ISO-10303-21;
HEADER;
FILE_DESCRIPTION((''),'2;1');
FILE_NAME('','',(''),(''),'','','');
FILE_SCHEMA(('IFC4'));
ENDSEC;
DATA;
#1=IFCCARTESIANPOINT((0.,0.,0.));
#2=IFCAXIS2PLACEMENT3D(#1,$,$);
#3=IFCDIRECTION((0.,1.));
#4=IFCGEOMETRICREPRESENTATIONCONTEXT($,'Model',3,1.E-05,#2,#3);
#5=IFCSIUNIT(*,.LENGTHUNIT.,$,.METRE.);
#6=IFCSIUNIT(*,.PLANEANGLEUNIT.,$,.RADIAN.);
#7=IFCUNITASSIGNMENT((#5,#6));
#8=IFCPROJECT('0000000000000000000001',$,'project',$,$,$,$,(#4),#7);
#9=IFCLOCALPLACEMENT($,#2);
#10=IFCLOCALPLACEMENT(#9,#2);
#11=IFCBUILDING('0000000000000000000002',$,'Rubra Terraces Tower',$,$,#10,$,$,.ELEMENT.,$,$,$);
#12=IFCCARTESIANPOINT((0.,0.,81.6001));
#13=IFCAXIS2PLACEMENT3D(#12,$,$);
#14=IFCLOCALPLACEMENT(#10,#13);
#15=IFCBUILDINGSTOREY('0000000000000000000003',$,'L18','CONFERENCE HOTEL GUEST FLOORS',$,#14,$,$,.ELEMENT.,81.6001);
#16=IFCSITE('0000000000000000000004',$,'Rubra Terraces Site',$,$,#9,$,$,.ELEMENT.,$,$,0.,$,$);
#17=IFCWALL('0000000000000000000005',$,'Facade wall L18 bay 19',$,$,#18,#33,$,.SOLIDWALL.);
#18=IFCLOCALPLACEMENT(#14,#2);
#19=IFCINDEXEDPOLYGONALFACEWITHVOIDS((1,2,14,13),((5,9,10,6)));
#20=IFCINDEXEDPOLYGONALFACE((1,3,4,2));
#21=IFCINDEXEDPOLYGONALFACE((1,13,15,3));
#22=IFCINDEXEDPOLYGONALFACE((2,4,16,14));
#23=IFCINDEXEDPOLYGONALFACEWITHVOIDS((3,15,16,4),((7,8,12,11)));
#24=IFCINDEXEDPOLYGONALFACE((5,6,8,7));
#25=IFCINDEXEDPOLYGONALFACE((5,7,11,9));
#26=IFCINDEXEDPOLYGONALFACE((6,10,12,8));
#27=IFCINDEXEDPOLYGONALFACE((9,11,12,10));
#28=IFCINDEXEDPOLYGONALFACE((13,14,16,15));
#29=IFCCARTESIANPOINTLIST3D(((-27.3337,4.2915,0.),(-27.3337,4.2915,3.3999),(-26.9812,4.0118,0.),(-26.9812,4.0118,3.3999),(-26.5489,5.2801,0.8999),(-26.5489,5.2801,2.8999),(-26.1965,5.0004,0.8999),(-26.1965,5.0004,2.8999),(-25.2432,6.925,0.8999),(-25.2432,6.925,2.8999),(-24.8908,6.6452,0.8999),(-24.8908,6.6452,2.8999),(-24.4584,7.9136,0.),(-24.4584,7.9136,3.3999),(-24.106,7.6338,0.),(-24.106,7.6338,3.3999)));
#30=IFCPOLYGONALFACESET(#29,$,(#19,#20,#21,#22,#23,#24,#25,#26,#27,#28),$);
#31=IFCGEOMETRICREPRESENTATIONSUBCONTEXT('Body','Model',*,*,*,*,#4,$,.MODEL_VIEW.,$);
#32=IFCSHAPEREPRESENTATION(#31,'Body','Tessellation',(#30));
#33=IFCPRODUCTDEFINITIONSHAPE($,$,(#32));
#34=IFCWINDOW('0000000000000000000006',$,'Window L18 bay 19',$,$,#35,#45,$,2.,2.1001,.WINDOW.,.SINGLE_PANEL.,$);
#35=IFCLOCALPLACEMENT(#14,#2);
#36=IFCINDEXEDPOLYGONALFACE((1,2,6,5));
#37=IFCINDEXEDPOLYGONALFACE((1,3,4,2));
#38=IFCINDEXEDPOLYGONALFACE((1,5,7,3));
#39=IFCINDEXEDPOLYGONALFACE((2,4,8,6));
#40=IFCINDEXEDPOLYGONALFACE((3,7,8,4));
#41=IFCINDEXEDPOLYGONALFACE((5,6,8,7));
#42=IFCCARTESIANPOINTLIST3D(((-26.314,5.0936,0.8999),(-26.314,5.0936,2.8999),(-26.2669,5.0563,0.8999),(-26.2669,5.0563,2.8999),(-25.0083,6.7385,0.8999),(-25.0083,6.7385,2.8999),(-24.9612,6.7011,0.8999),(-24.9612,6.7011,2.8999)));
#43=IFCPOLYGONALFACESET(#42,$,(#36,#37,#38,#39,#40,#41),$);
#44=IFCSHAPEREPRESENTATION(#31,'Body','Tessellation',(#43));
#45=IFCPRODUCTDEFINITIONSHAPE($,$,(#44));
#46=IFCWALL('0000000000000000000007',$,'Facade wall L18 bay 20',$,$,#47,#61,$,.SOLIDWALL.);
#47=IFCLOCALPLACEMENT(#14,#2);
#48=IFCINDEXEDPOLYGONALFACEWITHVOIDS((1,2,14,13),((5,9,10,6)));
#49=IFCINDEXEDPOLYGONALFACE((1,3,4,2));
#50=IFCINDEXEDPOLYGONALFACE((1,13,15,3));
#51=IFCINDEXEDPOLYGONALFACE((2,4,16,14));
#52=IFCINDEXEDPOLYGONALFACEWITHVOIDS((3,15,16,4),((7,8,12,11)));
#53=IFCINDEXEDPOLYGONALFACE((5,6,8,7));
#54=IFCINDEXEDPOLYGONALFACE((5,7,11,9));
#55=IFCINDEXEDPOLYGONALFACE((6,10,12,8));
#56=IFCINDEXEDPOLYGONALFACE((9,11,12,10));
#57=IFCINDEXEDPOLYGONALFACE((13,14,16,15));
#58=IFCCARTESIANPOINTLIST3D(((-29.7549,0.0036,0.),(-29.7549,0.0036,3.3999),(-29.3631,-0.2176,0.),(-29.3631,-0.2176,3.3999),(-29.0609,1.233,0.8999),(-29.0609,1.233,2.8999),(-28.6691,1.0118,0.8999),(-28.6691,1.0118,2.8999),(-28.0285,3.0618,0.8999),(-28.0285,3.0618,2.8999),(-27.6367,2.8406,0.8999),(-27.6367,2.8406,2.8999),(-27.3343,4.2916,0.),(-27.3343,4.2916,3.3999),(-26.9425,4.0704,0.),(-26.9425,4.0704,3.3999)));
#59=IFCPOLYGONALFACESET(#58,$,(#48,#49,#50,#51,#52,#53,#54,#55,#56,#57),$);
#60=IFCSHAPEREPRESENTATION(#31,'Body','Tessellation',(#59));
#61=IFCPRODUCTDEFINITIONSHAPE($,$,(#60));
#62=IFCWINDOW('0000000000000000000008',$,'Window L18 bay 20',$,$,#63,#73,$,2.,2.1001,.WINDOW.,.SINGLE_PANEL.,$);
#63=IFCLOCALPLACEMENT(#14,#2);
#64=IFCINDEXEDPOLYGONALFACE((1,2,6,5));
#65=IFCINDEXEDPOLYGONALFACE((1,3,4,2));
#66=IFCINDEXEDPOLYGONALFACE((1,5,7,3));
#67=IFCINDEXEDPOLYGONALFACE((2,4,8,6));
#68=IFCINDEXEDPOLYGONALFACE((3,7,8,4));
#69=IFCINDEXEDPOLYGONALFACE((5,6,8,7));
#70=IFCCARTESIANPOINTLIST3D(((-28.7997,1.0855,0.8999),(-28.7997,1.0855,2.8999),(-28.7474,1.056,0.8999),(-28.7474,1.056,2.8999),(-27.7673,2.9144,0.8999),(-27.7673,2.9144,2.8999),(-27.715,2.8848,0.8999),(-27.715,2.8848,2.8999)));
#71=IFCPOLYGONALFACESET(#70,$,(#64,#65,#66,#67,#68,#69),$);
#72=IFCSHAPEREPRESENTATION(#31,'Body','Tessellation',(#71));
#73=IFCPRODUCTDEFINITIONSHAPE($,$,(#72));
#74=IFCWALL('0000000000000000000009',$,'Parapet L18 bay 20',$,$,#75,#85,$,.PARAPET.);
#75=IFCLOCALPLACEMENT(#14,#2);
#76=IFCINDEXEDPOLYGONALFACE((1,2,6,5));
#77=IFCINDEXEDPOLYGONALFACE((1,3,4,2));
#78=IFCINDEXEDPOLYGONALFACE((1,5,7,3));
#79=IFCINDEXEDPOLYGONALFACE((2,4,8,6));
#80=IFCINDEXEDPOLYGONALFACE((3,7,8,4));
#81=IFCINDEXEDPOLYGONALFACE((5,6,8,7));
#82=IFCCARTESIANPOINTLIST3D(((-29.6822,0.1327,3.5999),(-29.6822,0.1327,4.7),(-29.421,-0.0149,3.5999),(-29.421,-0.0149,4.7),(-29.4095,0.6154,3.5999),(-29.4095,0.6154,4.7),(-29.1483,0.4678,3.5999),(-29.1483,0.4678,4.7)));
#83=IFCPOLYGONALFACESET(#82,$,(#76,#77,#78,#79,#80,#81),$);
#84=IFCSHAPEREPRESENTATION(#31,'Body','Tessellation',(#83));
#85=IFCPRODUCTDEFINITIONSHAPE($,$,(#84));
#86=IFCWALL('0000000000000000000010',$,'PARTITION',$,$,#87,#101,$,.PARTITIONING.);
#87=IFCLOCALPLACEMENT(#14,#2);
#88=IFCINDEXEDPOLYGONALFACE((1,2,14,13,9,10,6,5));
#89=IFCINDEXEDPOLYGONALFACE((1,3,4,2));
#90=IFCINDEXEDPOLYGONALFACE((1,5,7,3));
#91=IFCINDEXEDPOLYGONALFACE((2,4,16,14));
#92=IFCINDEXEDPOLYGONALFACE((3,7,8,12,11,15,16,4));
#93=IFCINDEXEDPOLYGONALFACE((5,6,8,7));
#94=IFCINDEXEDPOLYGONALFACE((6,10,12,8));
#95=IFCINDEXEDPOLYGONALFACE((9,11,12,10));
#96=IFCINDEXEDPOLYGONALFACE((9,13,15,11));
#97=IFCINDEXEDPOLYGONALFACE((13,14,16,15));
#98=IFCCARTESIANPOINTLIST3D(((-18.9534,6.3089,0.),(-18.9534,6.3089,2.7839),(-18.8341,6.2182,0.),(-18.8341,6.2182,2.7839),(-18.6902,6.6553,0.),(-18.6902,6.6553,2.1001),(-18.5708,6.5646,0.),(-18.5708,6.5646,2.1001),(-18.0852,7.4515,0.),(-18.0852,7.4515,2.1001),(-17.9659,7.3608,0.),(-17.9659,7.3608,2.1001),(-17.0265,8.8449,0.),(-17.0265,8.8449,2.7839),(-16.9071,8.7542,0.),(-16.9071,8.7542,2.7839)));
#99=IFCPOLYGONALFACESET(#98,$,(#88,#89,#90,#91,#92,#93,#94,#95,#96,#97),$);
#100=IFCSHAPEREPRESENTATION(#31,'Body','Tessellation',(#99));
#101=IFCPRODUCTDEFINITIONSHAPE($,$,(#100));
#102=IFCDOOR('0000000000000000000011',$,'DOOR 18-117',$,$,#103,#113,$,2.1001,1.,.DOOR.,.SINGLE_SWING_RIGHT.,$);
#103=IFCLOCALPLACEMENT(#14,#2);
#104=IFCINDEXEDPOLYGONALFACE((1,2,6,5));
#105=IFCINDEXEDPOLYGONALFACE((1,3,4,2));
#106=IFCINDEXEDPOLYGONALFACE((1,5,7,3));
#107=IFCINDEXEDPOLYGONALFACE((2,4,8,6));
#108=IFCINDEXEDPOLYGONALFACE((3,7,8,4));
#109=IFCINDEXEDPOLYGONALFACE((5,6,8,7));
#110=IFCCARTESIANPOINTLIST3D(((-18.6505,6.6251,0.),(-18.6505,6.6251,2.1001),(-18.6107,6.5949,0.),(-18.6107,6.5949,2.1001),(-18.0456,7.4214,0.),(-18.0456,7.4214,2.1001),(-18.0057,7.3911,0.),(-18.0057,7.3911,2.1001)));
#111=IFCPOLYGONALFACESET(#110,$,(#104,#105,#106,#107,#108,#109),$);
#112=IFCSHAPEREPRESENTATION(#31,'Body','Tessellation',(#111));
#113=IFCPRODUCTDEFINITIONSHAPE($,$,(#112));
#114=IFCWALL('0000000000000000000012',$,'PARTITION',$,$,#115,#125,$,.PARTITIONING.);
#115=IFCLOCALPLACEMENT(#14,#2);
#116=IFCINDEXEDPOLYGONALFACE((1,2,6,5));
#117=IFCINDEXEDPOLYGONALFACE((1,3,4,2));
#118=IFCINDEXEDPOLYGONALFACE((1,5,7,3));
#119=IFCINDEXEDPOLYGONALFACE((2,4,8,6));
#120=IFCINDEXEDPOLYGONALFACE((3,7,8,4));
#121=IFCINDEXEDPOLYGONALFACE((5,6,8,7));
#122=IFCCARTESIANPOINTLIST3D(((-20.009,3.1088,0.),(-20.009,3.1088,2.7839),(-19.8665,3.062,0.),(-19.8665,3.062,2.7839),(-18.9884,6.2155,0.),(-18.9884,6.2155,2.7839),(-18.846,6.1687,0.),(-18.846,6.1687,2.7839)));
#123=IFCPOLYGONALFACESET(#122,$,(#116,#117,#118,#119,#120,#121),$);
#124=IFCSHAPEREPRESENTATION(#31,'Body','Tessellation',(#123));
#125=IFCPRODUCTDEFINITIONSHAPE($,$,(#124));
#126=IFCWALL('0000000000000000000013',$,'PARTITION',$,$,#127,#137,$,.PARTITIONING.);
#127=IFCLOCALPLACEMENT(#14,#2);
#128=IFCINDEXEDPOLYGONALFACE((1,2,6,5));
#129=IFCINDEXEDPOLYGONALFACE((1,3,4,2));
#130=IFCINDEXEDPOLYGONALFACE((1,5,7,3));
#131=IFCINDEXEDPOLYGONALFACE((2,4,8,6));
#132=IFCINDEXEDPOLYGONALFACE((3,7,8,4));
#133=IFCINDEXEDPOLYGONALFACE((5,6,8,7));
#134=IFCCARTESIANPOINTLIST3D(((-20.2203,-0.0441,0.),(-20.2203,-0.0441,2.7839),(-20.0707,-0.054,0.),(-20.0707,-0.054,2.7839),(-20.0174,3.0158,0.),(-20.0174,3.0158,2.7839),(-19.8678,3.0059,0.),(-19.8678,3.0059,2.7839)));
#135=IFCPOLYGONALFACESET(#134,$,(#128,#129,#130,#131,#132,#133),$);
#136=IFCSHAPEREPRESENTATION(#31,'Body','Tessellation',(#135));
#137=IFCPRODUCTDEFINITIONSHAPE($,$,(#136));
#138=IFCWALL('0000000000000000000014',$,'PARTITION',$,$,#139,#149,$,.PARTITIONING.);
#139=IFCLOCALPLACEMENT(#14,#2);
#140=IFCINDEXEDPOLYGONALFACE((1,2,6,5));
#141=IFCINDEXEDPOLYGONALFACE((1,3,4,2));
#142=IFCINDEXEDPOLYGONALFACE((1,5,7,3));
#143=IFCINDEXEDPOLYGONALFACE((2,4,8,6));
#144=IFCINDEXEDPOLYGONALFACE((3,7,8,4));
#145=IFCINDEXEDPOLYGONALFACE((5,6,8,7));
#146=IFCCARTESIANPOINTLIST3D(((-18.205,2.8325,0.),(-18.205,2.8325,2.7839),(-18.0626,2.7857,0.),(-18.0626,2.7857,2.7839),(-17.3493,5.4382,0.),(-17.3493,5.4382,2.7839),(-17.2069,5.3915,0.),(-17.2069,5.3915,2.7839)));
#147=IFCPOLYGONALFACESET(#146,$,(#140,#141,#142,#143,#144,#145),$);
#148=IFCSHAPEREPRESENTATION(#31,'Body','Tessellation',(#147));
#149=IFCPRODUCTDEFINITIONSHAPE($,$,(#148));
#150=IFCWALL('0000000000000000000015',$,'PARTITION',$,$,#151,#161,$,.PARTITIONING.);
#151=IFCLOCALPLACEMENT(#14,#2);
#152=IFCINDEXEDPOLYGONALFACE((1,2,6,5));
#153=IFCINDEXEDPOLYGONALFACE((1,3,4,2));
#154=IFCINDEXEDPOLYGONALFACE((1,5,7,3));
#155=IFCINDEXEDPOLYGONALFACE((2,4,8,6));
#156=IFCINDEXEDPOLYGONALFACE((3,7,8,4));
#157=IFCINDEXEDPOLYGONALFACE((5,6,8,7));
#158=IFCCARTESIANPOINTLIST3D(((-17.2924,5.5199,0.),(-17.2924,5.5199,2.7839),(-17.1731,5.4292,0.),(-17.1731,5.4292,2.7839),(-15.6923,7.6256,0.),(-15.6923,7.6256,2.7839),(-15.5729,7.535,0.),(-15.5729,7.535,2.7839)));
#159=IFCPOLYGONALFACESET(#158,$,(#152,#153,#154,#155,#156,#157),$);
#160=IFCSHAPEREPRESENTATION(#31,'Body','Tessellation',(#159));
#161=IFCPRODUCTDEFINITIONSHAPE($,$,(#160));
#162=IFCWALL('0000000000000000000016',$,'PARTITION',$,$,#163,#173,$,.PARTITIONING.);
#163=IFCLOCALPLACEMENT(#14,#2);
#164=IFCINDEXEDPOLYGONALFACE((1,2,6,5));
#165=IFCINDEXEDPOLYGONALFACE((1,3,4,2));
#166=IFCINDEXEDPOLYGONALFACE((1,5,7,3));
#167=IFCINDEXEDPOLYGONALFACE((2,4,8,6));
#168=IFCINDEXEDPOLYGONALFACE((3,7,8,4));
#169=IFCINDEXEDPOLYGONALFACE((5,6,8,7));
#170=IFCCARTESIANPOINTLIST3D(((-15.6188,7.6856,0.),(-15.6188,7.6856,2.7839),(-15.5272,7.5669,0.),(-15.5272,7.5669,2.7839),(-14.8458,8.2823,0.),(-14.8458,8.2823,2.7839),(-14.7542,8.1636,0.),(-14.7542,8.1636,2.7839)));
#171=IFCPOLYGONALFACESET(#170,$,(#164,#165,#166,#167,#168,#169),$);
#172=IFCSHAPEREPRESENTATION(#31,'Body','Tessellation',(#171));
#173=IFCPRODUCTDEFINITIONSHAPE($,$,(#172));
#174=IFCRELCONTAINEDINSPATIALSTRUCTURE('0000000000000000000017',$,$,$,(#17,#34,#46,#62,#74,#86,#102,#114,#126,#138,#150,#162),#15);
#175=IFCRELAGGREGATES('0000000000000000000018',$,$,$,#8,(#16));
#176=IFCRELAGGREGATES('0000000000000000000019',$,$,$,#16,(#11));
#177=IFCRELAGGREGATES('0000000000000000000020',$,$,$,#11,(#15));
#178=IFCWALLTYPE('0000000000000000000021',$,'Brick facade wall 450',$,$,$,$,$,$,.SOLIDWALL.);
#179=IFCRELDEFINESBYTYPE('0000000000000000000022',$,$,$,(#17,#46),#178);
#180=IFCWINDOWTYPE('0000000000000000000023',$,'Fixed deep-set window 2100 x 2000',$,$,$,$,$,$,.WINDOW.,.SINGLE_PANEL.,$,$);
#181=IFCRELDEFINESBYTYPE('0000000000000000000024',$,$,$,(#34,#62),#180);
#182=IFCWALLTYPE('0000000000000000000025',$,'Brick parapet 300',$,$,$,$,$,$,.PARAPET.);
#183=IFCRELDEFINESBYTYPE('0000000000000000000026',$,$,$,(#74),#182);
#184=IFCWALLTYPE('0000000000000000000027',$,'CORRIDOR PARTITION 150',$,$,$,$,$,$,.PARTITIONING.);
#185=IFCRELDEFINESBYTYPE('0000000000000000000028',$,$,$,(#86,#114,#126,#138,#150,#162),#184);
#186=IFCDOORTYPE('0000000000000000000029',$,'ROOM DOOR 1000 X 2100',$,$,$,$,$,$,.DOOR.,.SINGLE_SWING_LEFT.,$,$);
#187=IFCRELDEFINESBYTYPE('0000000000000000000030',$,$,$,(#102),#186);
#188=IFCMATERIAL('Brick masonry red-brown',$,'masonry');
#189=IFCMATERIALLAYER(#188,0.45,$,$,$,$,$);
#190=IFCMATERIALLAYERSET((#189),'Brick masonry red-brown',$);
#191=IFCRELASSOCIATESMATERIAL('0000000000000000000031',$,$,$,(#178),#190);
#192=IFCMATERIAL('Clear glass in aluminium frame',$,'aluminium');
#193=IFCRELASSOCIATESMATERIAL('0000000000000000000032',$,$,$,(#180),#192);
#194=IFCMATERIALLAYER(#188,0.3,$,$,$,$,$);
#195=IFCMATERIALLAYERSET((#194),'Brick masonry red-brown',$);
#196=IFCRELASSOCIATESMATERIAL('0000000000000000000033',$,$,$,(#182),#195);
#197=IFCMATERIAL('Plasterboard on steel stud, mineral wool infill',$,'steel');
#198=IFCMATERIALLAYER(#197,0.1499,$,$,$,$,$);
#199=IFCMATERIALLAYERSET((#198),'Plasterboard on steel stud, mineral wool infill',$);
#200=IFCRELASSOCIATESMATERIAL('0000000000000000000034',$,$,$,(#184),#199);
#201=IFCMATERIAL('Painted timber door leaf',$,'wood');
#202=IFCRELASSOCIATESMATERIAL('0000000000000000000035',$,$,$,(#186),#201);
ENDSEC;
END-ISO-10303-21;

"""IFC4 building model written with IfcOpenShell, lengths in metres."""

from ifc_helpers import new_model, si_unit, direction, frame, frame_2d, origin, place, context, subcontext, project, spatial, rectangle, extrude, material, layer, layer_set, type_object, element, fill, save


model = new_model("IFC4")

# Units and contexts
model_context = context("Model", 3, precision=1e-05, world=origin(), true_north=direction((0.0, 1.0)))
body_context = subcontext(model_context, "Body", "Model", "MODEL_VIEW")
ifc_project = project(units=[si_unit("LENGTHUNIT", "METRE"), si_unit("PLANEANGLEUNIT", "RADIAN")], contexts=[model_context])

# Site, building, storey
site_placement = place(None, origin())
site = spatial("IfcSite", under=ifc_project, at=site_placement, Name="Rubra Terraces Site", CompositionType="ELEMENT", RefElevation=0.0)
building_placement = place(site_placement, origin())
building = spatial("IfcBuilding", under=site, at=building_placement, Name="Rubra Terraces Tower", CompositionType="ELEMENT")
storey_placement = place(building_placement, frame((0.0, 0.0, 81.6001)))
storey = spatial("IfcBuildingStorey", under=building, at=storey_placement, Name="L18", Description="CONFERENCE HOTEL GUEST FLOORS", CompositionType="ELEMENT", Elevation=81.6001)

# Walls, openings, windows
ifc_material_1 = material(Name="Brick masonry red-brown", Category="masonry")
ifc_layer_1 = layer(ifc_material_1, 0.45)
ifc_layer_set_1 = layer_set([ifc_layer_1], Name="Brick masonry red-brown")
wall_type_1 = type_object("IfcWallType", Name="Brick facade wall 450", PredefinedType="SOLIDWALL", material=ifc_layer_set_1)
wall_1_placement = place(storey_placement, frame((-24.2822, 7.7737, 0.0), z_axis=(0.0, 0.0, 1.0), x_axis=(-0.621735, -0.783227, 0.0)))
wall_1 = element("IfcWall", 1, at=wall_1_placement, inside=storey, type_object=wall_type_1, Name="Facade wall L18 bay 19", PredefinedType="SOLIDWALL", context=body_context, shape_type="SweptSolid", body=[
    extrude(rectangle(XDim=4.6245, YDim=0.45, at=frame_2d((2.3123, 0.0))), origin(), (0.0, 0.0, 1.0), 3.3999),
])
opening_1_placement = place(wall_1_placement, frame((1.2622, 0.0, 0.8999)))
opening_1 = element("IfcOpeningElement", 2, at=opening_1_placement, cuts=wall_1, PredefinedType="OPENING", context=body_context, shape_type="SweptSolid", body=[
    extrude(rectangle(XDim=2.1001, YDim=2.0, at=frame_2d((1.05, 1.0))), frame((0.0, 0.2349, 0.0), z_axis=(0.0, -1.0, 0.0), x_axis=(1.0, 0.0, 0.0)), (0.0, 0.0, 1.0), 0.47),
])
ifc_material_2 = material(Name="Clear glass in aluminium frame", Category="aluminium")
window_type = type_object("IfcWindowType", Name="Fixed deep-set window 2100 x 2000", PartitioningType="SINGLE_PANEL", PredefinedType="WINDOW", material=ifc_material_2)
window_1_placement = place(opening_1_placement, origin())
window_1 = element("IfcWindow", 3, at=window_1_placement, inside=storey, type_object=window_type, Name="Window L18 bay 19", OverallHeight=2.0, OverallWidth=2.1001, PartitioningType="SINGLE_PANEL", PredefinedType="WINDOW", context=body_context, shape_type="SweptSolid", body=[
    extrude(rectangle(XDim=2.1001, YDim=2.0, at=frame_2d((1.05, 1.0))), frame((0.0, 0.135, 0.0), z_axis=(0.0, -1.0, 0.0), x_axis=(1.0, 0.0, 0.0)), (0.0, 0.0, 1.0), 0.0601),
])
fill(opening_1, window_1)
wall_2_placement = place(storey_placement, frame((-27.1384, 4.1809, 0.0), z_axis=(0.0, 0.0, 1.0), x_axis=(-0.491588, -0.870828, 0.0)))
wall_2 = element("IfcWall", 4, at=wall_2_placement, inside=storey, type_object=wall_type_1, Name="Facade wall L18 bay 20", PredefinedType="SOLIDWALL", context=body_context, shape_type="SweptSolid", body=[
    extrude(rectangle(XDim=4.9241, YDim=0.45, at=frame_2d((2.4619, 0.0))), origin(), (0.0, 0.0, 1.0), 3.3999),
])
opening_2_placement = place(wall_2_placement, frame((1.4121, 0.0, 0.8999)))
opening_2 = element("IfcOpeningElement", 5, at=opening_2_placement, cuts=wall_2, PredefinedType="OPENING", context=body_context, shape_type="SweptSolid", body=[
    extrude(rectangle(XDim=2.1001, YDim=2.0, at=frame_2d((1.05, 1.0))), frame((0.0, 0.2349, 0.0), z_axis=(0.0, -1.0, 0.0), x_axis=(1.0, 0.0, 0.0)), (0.0, 0.0, 1.0), 0.47),
])
window_2_placement = place(opening_2_placement, origin())
window_2 = element("IfcWindow", 6, at=window_2_placement, inside=storey, type_object=window_type, Name="Window L18 bay 20", OverallHeight=2.0, OverallWidth=2.1001, PartitioningType="SINGLE_PANEL", PredefinedType="WINDOW", context=body_context, shape_type="SweptSolid", body=[
    extrude(rectangle(XDim=2.1001, YDim=2.0, at=frame_2d((1.05, 1.0))), frame((0.0, 0.135, 0.0), z_axis=(0.0, -1.0, 0.0), x_axis=(1.0, 0.0, 0.0)), (0.0, 0.0, 1.0), 0.0601),
])
fill(opening_2, window_2)

# Wall
ifc_layer_2 = layer(ifc_material_1, 0.3)
ifc_layer_set_2 = layer_set([ifc_layer_2], Name="Brick masonry red-brown")
wall_type_2 = type_object("IfcWallType", Name="Brick parapet 300", PredefinedType="PARAPET", material=ifc_layer_set_2)
wall_3_placement = place(storey_placement, frame((-29.2788, 0.5417, 3.5999), z_axis=(0.0, 0.0, 1.0), x_axis=(-0.491912, -0.870645, 0.0)))
element("IfcWall", 7, at=wall_3_placement, inside=storey, type_object=wall_type_2, Name="Parapet L18 bay 20", PredefinedType="PARAPET", context=body_context, shape_type="SweptSolid", body=[
    extrude(rectangle(XDim=0.5544, YDim=0.3, at=frame_2d((0.2773, 0.0))), origin(), (0.0, 0.0, 1.0), 1.1001),
])

# Wall, opening, door
ifc_material_3 = material(Name="Plasterboard on steel stud, mineral wool infill", Category="steel")
ifc_layer_3 = layer(ifc_material_3, 0.1499)
ifc_layer_set_3 = layer_set([ifc_layer_3], Name="Plasterboard on steel stud, mineral wool infill")
wall_type_3 = type_object("IfcWallType", Name="CORRIDOR PARTITION 150", PredefinedType="PARTITIONING", material=ifc_layer_set_3)
wall_4_placement = place(storey_placement, frame((-16.9668, 8.7996, 0.0), z_axis=(0.0, 0.0, 1.0), x_axis=(-0.604992, -0.796232, 0.0)))
wall_4 = element("IfcWall", 8, at=wall_4_placement, inside=storey, type_object=wall_type_3, Name="PARTITION", PredefinedType="PARTITIONING", context=body_context, shape_type="SweptSolid", body=[
    extrude(rectangle(XDim=3.1851, YDim=0.1499, at=frame_2d((1.5925, 0.0))), origin(), (0.0, 0.0, 1.0), 2.7839),
])
opening_3_placement = place(wall_4_placement, frame((1.75, 0.0, 0.0)))
opening_3 = element("IfcOpeningElement", 9, at=opening_3_placement, cuts=wall_4, PredefinedType="OPENING", context=body_context, shape_type="SweptSolid", body=[
    extrude(rectangle(XDim=1.0, YDim=2.1001, at=frame_2d((0.5, 1.05))), frame((0.0, 0.085, 0.0), z_axis=(0.0, -1.0, 0.0), x_axis=(1.0, 0.0, 0.0)), (0.0, 0.0, 1.0), 0.1699),
])
ifc_material_4 = material(Name="Painted timber door leaf", Category="wood")
door_type_1 = type_object("IfcDoorType", Name="ROOM DOOR 1000 X 2100", OperationType="SINGLE_SWING_LEFT", PredefinedType="DOOR", material=ifc_material_4)
door_1_placement = place(opening_3_placement, origin())
door_1 = element("IfcDoor", 10, at=door_1_placement, inside=storey, type_object=door_type_1, Name="DOOR 18-117", OperationType="SINGLE_SWING_RIGHT", OverallHeight=2.1001, OverallWidth=1.0, PredefinedType="DOOR", context=body_context, shape_type="SweptSolid", body=[
    extrude(rectangle(XDim=1.0, YDim=2.1001, at=frame_2d((0.5, 1.05))), frame((0.0, 0.0249, 0.0), z_axis=(0.0, -1.0, 0.0), x_axis=(1.0, 0.0, 0.0)), (0.0, 0.0, 1.0), 0.05),
])
fill(opening_3, door_1)

# Walls
wall_5_placement = place(storey_placement, frame((-18.9172, 6.1921, 0.0), z_axis=(0.0, 0.0, 1.0), x_axis=(-0.312081, -0.950055, 0.0)))
element("IfcWall", 11, at=wall_5_placement, inside=storey, type_object=wall_type_3, Name="PARTITION", PredefinedType="PARTITIONING", context=body_context, shape_type="SweptSolid", body=[
    extrude(rectangle(XDim=3.27, YDim=0.1499, at=frame_2d((1.635, 0.0))), origin(), (0.0, 0.0, 1.0), 2.7839),
])
wall_6_placement = place(storey_placement, frame((-19.9426, 3.0107, 0.0), z_axis=(0.0, 0.0, 1.0), x_axis=(-0.06616, -0.997809, 0.0)))
element("IfcWall", 12, at=wall_6_placement, inside=storey, type_object=wall_type_3, Name="PARTITION", PredefinedType="PARTITIONING", context=body_context, shape_type="SweptSolid", body=[
    extrude(rectangle(XDim=3.0667, YDim=0.1499, at=frame_2d((1.5332, 0.0))), origin(), (0.0, 0.0, 1.0), 2.7839),
])
wall_7_placement = place(storey_placement, frame((-18.1338, 2.8091, 0.0), z_axis=(0.0, 0.0, 1.0), x_axis=(0.312005, 0.95008, 0.0)))
element("IfcWall", 13, at=wall_7_placement, inside=storey, type_object=wall_type_3, Name="PARTITION", PredefinedType="PARTITIONING", context=body_context, shape_type="SweptSolid", body=[
    extrude(rectangle(XDim=2.7427, YDim=0.1499, at=frame_2d((1.3713, 0.0))), origin(), (0.0, 0.0, 1.0), 2.7839),
])
wall_8_placement = place(storey_placement, frame((-17.2327, 5.4746, 0.0), z_axis=(0.0, 0.0, 1.0), x_axis=(0.605025, 0.796207, 0.0)))
element("IfcWall", 14, at=wall_8_placement, inside=storey, type_object=wall_type_3, Name="PARTITION", PredefinedType="PARTITIONING", context=body_context, shape_type="SweptSolid", body=[
    extrude(rectangle(XDim=2.6448, YDim=0.1499, at=frame_2d((1.3223, 0.0))), origin(), (0.0, 0.0, 1.0), 2.7839),
])
wall_9_placement = place(storey_placement, frame((-15.573, 7.6262, 0.0), z_axis=(0.0, 0.0, 1.0), x_axis=(0.791582, 0.611063, 0.0)))
element("IfcWall", 15, at=wall_9_placement, inside=storey, type_object=wall_type_3, Name="PARTITION", PredefinedType="PARTITIONING", context=body_context, shape_type="SweptSolid", body=[
    extrude(rectangle(XDim=0.9766, YDim=0.1499, at=frame_2d((0.4883, 0.0))), origin(), (0.0, 0.0, 1.0), 2.7839),
])

save(model, "model.ifc")
